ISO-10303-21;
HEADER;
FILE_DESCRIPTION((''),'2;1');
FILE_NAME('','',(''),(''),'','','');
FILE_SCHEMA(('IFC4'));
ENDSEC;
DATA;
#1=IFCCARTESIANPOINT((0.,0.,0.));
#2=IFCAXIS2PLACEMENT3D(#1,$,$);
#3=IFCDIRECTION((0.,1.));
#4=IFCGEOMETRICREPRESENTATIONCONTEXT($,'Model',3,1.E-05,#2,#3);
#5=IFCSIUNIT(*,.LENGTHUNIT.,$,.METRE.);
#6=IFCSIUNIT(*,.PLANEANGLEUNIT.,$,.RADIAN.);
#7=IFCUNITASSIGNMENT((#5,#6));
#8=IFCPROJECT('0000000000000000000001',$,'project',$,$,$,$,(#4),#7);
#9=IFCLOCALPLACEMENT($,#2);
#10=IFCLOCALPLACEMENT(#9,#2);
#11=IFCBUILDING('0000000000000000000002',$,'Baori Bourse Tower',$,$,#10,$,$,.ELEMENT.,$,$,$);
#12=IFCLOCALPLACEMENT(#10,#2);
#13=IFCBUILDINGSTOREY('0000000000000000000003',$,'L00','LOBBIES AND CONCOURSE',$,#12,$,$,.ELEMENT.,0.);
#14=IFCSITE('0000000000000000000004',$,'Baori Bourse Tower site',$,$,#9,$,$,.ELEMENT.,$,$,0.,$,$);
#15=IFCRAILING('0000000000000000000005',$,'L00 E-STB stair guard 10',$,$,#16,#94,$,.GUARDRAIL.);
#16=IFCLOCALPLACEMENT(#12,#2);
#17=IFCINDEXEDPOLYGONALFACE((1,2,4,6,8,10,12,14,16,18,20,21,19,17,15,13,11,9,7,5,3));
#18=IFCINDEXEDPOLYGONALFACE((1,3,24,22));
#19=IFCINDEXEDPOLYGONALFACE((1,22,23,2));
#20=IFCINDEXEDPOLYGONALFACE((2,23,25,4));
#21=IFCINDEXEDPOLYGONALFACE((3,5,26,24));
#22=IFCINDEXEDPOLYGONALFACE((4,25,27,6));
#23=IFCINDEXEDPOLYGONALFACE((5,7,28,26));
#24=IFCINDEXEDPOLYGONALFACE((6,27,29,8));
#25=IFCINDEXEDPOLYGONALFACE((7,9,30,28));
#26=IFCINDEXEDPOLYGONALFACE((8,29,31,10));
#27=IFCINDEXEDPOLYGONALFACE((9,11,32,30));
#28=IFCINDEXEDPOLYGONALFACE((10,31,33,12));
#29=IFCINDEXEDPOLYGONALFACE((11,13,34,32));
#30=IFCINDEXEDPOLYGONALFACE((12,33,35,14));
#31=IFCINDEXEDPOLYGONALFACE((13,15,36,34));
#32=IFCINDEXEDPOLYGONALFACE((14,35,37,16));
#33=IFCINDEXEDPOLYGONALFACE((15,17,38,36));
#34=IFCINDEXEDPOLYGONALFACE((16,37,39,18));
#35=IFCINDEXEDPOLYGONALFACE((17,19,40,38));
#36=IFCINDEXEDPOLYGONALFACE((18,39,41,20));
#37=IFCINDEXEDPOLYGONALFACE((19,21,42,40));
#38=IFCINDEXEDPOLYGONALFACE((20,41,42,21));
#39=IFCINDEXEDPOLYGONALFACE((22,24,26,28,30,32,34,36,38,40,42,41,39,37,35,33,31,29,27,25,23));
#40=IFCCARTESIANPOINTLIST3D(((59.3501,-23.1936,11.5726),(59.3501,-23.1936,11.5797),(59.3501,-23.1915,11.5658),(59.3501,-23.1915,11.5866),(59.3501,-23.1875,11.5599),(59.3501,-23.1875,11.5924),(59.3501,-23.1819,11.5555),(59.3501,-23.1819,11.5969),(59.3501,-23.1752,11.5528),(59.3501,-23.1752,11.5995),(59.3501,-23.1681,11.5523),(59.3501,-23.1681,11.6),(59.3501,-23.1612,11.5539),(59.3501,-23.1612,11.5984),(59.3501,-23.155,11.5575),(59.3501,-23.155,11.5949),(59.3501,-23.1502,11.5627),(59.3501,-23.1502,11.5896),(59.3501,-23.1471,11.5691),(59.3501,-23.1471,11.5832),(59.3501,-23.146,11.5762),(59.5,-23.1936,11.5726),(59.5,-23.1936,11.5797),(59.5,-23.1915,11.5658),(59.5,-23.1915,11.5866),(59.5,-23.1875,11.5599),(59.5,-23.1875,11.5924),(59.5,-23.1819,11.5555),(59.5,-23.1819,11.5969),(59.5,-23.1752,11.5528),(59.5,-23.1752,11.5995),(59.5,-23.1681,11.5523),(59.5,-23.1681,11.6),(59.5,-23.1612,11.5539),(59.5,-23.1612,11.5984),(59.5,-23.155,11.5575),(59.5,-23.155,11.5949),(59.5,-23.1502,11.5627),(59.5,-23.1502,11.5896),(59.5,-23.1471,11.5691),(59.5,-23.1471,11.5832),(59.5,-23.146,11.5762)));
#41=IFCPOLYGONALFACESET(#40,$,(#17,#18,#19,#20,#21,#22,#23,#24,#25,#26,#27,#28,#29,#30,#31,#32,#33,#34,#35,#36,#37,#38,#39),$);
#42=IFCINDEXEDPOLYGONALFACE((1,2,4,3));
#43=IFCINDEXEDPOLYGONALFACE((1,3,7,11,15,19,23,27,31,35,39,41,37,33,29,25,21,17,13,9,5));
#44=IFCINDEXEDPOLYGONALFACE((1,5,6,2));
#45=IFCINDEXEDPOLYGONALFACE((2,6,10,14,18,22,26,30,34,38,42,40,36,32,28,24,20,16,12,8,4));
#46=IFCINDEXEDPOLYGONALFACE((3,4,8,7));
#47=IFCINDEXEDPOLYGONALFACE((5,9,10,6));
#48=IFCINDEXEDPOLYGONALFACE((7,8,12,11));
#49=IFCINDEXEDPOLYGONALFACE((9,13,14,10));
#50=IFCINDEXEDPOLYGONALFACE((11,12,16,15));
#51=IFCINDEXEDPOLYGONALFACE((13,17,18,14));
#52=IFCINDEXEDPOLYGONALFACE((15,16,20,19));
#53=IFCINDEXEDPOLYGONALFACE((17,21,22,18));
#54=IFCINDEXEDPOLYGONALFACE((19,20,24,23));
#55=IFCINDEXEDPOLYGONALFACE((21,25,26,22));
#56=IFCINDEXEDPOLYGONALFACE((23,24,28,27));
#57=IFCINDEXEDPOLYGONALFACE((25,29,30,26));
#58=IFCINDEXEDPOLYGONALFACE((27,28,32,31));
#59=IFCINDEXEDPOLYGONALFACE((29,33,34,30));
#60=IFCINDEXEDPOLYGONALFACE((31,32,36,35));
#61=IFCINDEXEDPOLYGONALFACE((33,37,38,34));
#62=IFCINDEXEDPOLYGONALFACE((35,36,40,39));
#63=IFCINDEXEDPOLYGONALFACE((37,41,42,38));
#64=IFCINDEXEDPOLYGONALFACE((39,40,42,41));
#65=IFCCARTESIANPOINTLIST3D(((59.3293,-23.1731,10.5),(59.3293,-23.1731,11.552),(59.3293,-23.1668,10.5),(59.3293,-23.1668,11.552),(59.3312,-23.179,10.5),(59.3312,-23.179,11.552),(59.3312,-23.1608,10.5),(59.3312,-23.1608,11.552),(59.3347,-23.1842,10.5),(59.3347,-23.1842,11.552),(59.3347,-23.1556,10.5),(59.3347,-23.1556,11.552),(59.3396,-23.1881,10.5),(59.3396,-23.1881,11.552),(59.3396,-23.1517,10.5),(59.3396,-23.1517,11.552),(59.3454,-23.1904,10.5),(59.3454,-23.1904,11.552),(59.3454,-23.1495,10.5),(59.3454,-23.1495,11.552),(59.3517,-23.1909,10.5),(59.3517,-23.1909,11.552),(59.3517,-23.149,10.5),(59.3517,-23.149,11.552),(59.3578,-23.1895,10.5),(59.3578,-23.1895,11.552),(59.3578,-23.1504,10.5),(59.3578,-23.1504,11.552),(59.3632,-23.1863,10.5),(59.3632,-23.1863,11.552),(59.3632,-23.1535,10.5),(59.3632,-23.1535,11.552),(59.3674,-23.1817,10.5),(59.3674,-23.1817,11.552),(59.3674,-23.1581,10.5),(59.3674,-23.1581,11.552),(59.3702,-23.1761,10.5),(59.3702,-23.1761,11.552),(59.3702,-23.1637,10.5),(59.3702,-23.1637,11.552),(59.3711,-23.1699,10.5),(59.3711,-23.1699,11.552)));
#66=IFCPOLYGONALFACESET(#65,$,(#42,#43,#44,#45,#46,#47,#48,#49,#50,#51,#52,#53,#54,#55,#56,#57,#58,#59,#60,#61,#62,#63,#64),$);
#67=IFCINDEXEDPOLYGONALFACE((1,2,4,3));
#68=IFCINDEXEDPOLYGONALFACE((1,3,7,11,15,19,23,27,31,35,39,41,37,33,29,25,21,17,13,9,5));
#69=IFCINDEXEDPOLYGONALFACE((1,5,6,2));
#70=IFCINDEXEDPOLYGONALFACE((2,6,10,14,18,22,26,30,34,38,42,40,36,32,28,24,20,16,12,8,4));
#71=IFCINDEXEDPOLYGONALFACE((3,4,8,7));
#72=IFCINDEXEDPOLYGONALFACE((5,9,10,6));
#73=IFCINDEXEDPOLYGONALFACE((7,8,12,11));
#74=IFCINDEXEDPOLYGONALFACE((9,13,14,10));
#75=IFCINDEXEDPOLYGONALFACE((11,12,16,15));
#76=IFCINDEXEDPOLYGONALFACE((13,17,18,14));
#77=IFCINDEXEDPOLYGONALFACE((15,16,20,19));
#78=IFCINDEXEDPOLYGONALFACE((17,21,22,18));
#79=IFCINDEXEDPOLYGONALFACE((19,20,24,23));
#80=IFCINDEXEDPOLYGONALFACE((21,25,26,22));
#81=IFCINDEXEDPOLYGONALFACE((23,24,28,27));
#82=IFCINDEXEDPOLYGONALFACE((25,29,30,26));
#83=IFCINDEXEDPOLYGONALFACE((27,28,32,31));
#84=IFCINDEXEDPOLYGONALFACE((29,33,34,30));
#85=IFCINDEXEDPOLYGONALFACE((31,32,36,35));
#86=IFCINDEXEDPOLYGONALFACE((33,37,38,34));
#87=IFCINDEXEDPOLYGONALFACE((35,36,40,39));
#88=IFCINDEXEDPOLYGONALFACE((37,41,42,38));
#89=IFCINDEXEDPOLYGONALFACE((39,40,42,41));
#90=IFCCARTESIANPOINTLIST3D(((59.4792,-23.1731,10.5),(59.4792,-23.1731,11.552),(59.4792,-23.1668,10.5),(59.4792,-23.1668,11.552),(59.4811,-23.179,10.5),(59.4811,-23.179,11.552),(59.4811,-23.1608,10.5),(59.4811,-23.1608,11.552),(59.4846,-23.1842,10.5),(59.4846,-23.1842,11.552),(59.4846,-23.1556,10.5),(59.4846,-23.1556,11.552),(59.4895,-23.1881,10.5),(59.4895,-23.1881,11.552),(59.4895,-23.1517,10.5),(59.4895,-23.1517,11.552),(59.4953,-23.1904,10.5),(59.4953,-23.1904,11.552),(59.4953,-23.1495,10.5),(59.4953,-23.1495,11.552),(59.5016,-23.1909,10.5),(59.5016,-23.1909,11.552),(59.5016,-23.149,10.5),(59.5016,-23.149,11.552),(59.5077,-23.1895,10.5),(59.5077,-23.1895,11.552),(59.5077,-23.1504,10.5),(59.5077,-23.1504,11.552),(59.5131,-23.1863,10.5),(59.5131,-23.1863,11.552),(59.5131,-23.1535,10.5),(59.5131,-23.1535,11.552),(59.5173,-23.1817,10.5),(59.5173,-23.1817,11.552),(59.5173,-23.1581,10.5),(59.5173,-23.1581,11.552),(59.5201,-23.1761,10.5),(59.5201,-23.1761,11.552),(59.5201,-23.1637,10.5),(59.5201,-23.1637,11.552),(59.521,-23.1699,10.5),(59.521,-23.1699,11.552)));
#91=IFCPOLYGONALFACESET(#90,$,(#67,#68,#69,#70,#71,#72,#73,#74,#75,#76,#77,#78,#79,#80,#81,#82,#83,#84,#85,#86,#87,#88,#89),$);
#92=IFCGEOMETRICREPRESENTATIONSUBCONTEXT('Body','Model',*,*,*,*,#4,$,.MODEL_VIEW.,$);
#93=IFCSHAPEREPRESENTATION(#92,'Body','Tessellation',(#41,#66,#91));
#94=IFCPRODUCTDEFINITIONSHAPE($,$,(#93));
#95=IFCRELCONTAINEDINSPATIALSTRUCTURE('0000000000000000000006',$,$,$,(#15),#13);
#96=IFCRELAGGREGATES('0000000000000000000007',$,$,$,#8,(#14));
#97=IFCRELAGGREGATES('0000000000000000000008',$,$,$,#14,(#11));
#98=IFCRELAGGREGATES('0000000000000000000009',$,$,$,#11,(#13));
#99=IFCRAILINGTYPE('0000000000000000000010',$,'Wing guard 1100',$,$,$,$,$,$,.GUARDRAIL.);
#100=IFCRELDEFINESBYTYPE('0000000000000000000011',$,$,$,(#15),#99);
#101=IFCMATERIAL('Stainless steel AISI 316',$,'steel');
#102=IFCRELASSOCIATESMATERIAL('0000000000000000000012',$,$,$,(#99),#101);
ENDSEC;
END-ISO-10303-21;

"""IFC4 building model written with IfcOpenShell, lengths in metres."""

from ifc_helpers import new_model, si_unit, direction, frame, origin, origin_2d, place, context, subcontext, project, spatial, circle, extrude, material, type_object, element, save


model = new_model("IFC4")

# Units and contexts
model_context = context("Model", 3, precision=1e-05, world=origin(), true_north=direction((0.0, 1.0)))
body_context = subcontext(model_context, "Body", "Model", "MODEL_VIEW")
ifc_project = project(units=[si_unit("LENGTHUNIT", "METRE"), si_unit("PLANEANGLEUNIT", "RADIAN")], contexts=[model_context])

# Site, building, storey
site_placement = place(None, origin())
site = spatial("IfcSite", under=ifc_project, at=site_placement, Name="Baori Bourse Tower site", CompositionType="ELEMENT", RefElevation=0.0)
building_placement = place(site_placement, origin())
building = spatial("IfcBuilding", under=site, at=building_placement, Name="Baori Bourse Tower", CompositionType="ELEMENT")
storey_placement = place(building_placement, origin())
storey = spatial("IfcBuildingStorey", under=building, at=storey_placement, Name="L00", Description="LOBBIES AND CONCOURSE", CompositionType="ELEMENT", Elevation=0.0)

# Railing
ifc_material_1 = material(Name="Stainless steel AISI 316", Category="steel")
railing_type_1 = type_object("IfcRailingType", Name="Wing guard 1100", PredefinedType="GUARDRAIL", material=ifc_material_1)
railing_1_placement = place(storey_placement, frame((59.3501, -23.1699, 10.5)))
element("IfcRailing", 1, at=railing_1_placement, inside=storey, type_object=railing_type_1, Name="L00 E-STB stair guard 10", PredefinedType="GUARDRAIL", context=body_context, shape_type="SweptSolid", body=[
    extrude(circle(Radius=0.0239, at=origin_2d()), frame((0.0, 0.0, 1.0762), z_axis=(1.0, 0.0, 0.0), x_axis=(0.0, 1.0, 0.0)), (0.0, 0.0, 1.0), 0.1499),
    extrude(circle(Radius=0.021, at=origin_2d()), origin(), (0.0, 0.0, 1.0), 1.052),
    extrude(circle(Radius=0.021, at=origin_2d()), frame((0.1499, 0.0, 0.0)), (0.0, 0.0, 1.0), 1.052),
])

save(model, "model.ifc")
